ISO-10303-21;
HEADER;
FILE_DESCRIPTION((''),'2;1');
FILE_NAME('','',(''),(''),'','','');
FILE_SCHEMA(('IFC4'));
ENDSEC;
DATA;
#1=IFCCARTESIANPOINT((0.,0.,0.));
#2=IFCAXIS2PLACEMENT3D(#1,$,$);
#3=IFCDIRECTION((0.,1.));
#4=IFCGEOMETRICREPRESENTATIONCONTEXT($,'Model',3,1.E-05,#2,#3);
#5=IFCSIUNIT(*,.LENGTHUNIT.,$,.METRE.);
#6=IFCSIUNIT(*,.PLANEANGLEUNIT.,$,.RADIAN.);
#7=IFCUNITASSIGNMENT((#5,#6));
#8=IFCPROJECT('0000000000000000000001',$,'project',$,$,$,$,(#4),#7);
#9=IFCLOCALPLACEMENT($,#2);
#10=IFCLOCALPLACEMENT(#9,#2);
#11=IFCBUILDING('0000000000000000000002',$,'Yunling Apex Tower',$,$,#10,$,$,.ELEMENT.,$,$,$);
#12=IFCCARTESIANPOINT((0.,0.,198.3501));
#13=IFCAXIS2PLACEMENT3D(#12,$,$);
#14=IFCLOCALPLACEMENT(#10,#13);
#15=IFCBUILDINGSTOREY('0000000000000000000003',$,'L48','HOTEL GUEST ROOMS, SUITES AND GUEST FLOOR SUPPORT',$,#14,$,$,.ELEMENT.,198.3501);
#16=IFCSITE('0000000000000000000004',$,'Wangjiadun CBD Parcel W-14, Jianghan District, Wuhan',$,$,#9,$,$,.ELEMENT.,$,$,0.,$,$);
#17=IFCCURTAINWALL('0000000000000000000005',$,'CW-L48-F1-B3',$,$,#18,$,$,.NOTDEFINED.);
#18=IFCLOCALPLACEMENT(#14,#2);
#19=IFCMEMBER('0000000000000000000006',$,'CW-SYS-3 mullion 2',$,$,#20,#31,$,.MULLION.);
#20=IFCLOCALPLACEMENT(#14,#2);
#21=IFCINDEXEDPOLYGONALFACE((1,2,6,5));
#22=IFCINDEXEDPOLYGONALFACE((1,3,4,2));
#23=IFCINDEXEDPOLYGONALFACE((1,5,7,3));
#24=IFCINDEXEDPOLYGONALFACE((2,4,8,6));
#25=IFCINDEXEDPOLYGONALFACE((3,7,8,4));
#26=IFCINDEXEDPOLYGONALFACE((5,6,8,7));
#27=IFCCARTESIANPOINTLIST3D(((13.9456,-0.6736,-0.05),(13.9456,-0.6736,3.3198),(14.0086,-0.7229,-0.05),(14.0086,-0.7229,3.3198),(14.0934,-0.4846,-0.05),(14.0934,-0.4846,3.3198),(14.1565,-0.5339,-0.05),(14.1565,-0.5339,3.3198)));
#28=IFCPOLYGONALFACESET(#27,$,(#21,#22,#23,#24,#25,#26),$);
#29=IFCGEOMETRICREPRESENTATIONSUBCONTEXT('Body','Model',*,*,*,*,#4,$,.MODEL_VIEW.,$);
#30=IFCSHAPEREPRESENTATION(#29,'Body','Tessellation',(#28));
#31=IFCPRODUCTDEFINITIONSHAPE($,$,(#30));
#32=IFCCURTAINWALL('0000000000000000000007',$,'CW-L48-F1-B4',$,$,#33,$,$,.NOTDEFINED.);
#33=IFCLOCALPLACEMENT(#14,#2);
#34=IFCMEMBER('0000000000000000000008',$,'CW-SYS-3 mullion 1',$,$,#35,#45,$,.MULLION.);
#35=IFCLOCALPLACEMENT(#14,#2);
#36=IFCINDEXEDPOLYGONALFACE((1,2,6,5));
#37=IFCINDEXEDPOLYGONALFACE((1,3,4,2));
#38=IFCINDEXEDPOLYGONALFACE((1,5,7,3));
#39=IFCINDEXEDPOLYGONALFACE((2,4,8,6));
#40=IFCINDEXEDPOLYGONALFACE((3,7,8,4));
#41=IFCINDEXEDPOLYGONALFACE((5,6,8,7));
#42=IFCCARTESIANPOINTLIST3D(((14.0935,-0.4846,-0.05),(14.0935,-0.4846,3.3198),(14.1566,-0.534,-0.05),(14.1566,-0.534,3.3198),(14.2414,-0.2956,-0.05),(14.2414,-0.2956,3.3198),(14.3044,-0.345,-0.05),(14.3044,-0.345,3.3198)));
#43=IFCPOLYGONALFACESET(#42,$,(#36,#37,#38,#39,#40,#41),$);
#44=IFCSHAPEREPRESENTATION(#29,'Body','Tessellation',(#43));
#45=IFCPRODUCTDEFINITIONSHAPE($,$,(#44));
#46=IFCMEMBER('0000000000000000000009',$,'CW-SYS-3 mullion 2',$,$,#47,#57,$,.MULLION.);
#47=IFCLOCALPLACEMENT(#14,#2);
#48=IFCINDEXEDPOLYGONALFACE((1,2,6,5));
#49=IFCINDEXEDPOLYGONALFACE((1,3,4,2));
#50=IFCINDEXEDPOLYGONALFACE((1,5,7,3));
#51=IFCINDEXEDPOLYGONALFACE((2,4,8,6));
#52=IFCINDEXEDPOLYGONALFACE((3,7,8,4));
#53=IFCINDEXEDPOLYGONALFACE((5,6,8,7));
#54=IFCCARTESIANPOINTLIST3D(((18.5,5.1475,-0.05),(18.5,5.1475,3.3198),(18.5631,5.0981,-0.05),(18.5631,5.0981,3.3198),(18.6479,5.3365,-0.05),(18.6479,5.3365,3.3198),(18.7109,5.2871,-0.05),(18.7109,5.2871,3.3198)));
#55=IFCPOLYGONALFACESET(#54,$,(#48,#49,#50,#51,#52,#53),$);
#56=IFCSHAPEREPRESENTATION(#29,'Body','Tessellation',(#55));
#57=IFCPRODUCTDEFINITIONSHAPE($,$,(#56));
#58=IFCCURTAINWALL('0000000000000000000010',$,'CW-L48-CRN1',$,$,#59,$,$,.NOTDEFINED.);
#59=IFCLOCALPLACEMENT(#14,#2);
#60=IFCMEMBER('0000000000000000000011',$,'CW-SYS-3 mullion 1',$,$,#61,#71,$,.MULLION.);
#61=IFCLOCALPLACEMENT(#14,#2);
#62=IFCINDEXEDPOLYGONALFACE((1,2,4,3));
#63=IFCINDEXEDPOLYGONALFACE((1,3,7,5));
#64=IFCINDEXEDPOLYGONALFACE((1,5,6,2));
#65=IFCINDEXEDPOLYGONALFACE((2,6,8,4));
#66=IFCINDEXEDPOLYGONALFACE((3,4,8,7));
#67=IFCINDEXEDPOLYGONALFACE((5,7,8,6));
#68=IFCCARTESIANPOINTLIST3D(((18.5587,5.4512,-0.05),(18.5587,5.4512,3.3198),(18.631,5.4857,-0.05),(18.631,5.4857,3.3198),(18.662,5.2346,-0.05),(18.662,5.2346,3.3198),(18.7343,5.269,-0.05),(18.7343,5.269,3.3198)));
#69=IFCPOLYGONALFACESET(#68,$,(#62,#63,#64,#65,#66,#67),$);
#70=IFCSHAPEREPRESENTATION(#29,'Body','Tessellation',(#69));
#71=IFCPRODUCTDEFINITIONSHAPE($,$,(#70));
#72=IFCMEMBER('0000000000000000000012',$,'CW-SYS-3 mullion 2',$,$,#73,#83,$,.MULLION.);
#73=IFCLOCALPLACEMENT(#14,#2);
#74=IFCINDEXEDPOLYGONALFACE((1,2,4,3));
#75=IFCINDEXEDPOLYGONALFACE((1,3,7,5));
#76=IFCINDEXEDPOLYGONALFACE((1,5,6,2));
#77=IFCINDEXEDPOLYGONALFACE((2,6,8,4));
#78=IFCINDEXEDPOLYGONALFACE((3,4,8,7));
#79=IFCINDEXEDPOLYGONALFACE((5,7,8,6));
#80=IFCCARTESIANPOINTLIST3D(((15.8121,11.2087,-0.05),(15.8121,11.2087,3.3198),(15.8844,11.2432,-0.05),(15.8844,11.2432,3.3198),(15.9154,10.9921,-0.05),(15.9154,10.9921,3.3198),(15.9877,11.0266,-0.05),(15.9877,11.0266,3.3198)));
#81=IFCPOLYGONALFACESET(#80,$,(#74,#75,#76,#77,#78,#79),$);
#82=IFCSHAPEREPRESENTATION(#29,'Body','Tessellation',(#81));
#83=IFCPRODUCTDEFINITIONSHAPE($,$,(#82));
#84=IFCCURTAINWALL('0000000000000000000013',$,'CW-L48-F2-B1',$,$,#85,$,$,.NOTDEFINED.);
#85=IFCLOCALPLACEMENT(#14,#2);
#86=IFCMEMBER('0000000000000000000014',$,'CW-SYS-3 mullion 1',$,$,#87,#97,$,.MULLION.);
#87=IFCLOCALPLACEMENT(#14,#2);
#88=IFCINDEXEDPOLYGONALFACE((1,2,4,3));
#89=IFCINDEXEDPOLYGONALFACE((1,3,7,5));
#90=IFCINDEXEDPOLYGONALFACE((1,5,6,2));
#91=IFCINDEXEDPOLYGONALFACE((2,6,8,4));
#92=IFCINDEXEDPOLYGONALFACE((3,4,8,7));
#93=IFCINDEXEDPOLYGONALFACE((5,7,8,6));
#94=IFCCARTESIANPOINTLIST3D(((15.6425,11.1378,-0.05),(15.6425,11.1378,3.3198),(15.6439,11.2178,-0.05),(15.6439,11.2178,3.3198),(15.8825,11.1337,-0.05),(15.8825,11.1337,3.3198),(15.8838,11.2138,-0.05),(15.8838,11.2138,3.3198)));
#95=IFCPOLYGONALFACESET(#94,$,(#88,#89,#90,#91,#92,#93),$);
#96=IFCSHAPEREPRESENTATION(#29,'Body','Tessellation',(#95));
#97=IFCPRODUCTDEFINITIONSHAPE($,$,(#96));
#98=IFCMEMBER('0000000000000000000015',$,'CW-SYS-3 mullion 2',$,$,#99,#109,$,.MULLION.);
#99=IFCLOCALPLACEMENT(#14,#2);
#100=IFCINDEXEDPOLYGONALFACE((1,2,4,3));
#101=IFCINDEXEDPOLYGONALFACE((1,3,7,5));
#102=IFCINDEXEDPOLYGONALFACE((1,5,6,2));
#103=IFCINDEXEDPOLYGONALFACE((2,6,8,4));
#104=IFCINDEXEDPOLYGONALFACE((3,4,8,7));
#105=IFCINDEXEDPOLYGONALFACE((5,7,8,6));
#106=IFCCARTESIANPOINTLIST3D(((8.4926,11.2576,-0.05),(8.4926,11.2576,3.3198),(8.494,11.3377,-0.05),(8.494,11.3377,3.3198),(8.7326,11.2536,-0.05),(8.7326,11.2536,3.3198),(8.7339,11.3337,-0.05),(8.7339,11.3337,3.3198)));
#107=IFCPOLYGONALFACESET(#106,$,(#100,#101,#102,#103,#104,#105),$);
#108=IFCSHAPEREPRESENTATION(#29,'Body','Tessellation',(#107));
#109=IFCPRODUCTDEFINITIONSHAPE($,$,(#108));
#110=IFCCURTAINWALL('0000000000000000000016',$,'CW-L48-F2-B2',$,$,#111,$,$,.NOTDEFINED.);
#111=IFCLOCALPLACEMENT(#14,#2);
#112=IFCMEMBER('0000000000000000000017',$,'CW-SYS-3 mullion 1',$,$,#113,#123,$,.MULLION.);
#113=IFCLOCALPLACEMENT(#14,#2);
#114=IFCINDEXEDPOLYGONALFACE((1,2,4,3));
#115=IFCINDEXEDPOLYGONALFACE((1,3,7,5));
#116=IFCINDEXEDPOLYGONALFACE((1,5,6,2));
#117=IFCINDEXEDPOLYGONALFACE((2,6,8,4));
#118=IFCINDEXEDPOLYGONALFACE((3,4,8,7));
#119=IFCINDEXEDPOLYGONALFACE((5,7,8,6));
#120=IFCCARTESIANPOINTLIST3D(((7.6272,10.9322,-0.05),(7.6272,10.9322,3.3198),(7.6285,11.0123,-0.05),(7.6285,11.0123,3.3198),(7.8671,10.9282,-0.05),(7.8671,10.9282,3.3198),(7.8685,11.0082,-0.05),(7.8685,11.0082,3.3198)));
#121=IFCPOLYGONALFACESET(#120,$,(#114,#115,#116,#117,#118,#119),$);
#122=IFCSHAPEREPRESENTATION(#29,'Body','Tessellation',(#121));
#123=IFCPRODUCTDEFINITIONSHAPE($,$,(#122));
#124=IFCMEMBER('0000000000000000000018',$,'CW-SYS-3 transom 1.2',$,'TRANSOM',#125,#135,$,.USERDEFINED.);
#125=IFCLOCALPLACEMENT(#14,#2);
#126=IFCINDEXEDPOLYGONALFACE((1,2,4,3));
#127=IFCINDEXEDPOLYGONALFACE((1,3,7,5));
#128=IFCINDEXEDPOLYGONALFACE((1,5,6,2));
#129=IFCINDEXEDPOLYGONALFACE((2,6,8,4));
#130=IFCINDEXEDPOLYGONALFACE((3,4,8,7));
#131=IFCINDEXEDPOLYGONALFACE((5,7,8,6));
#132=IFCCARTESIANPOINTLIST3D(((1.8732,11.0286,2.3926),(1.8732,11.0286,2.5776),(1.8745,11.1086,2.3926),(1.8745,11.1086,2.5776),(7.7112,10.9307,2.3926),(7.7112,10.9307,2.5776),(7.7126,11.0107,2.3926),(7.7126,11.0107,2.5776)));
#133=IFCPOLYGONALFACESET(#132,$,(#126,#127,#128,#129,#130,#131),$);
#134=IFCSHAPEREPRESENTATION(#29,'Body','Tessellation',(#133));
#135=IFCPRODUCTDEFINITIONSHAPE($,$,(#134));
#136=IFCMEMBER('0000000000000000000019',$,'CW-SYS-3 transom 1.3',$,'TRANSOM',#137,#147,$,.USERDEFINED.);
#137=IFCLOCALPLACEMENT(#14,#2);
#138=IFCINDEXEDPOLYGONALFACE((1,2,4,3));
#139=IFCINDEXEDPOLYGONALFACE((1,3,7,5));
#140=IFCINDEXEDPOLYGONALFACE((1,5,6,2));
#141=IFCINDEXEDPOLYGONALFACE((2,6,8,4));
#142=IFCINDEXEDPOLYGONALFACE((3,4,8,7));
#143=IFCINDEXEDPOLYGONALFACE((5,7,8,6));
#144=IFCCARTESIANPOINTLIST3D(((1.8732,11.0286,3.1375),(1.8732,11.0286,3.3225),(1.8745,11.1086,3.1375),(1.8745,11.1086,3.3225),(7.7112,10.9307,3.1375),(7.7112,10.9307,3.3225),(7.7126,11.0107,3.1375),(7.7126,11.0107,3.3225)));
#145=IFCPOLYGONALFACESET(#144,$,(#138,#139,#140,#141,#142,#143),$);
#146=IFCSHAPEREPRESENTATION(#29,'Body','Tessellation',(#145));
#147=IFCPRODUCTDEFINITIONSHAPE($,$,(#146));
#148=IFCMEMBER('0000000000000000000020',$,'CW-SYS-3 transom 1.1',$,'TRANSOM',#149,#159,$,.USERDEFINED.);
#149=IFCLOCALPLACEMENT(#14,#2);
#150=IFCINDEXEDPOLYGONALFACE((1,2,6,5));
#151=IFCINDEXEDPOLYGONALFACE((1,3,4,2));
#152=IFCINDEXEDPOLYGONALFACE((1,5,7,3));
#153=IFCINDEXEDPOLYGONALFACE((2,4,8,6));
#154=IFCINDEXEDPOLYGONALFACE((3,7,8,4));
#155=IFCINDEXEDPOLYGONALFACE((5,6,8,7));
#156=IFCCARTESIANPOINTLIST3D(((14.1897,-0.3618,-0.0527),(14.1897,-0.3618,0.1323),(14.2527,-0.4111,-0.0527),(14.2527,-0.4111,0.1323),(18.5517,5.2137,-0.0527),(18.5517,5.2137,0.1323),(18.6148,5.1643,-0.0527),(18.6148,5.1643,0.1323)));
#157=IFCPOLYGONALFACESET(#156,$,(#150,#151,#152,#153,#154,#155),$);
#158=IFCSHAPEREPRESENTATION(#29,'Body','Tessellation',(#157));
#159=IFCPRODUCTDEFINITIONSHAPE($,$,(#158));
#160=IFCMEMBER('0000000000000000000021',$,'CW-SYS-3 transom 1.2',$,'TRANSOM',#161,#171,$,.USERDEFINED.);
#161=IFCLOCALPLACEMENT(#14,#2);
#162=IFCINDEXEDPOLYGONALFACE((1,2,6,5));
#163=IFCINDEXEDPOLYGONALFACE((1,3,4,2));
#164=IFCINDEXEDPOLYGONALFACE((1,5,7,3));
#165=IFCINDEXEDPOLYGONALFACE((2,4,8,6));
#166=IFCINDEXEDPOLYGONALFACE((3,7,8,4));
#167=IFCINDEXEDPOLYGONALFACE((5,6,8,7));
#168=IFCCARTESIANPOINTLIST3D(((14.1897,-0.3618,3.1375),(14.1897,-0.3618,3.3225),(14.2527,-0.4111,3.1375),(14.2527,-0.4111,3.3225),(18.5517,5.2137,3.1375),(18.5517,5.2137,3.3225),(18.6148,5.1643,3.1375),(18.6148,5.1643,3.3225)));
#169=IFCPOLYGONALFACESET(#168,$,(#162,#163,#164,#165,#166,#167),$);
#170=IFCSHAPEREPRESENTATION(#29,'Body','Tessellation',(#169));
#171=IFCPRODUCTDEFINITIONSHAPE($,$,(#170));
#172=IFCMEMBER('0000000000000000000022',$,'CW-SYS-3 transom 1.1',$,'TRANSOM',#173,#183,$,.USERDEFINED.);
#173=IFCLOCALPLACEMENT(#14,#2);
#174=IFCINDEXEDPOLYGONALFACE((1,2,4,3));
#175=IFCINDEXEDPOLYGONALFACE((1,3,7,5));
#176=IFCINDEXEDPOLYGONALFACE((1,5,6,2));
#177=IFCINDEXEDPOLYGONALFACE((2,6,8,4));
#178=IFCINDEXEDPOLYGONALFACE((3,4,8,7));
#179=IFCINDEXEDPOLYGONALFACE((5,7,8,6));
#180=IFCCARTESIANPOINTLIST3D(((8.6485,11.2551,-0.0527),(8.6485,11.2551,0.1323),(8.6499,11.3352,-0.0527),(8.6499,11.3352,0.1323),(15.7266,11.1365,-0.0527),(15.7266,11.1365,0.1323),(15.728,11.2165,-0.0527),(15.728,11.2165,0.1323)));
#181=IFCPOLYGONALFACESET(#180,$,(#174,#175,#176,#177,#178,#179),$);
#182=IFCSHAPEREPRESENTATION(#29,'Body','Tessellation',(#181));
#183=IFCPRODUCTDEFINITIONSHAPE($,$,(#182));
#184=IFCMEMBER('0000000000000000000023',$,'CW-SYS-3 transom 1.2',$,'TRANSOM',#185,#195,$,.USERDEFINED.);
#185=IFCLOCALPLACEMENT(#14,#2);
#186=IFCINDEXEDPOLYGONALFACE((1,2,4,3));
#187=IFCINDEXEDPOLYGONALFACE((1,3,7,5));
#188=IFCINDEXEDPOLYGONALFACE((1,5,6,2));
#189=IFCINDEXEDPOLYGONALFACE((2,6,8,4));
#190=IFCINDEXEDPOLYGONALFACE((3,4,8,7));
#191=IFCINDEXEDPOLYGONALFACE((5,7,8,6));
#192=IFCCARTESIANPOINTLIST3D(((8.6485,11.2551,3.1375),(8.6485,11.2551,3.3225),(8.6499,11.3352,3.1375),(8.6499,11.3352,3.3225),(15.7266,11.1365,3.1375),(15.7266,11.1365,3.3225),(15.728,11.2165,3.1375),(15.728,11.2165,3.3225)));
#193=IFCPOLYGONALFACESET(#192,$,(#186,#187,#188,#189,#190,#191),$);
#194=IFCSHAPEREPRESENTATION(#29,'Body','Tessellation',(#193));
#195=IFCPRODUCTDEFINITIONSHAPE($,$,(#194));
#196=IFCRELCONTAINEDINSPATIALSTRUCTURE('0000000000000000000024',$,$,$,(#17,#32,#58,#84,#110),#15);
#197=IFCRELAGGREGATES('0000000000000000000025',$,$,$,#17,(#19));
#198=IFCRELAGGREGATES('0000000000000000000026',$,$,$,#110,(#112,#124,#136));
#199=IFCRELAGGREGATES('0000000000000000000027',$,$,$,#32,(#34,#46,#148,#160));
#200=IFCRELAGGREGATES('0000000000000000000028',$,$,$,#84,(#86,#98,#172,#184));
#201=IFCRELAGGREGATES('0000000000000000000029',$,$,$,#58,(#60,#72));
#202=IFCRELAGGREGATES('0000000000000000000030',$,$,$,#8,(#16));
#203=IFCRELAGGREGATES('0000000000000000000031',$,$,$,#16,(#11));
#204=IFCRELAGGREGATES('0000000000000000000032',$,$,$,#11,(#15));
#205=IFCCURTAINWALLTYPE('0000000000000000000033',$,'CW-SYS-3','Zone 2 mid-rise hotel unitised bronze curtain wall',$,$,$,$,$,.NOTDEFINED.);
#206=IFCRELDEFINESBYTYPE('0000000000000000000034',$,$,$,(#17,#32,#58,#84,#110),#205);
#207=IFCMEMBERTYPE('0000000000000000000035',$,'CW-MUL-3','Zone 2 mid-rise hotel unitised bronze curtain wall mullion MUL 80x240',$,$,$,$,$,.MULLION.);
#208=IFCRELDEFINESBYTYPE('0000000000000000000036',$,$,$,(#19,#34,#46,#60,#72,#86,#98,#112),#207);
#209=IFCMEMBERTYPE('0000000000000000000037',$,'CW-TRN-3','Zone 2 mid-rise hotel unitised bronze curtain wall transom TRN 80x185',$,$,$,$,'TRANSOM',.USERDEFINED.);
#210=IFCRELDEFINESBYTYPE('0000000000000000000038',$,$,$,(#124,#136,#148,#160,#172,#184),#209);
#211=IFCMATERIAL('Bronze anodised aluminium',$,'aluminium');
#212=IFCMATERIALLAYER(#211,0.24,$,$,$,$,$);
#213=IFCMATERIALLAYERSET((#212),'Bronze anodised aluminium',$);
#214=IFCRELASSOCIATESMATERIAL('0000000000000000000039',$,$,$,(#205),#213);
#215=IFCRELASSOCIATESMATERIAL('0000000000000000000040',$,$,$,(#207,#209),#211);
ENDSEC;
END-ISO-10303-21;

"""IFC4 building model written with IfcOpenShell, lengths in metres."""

from ifc_helpers import new_model, si_unit, direction, frame, origin, origin_2d, place, context, subcontext, project, spatial, rectangle, extrude, source, transform, mapped, material, layer, layer_set, material_profile, profile_set, type_object, element, aggregate, save


model = new_model("IFC4")

# Units and contexts
model_context = context("Model", 3, precision=1e-05, world=origin(), true_north=direction((0.0, 1.0)))
body_context = subcontext(model_context, "Body", "Model", "MODEL_VIEW")
ifc_project = project(units=[si_unit("LENGTHUNIT", "METRE"), si_unit("PLANEANGLEUNIT", "RADIAN")], contexts=[model_context])

# Site, building, storey
site_placement = place(None, origin())
site = spatial("IfcSite", under=ifc_project, at=site_placement, Name="Wangjiadun CBD Parcel W-14, Jianghan District, Wuhan", CompositionType="ELEMENT", RefElevation=0.0)
building_placement = place(site_placement, origin())
building = spatial("IfcBuilding", under=site, at=building_placement, Name="Yunling Apex Tower", CompositionType="ELEMENT")
storey_placement = place(building_placement, frame((0.0, 0.0, 198.3501)))
storey = spatial("IfcBuildingStorey", under=building, at=storey_placement, Name="L48", Description="HOTEL GUEST ROOMS, SUITES AND GUEST FLOOR SUPPORT", CompositionType="ELEMENT", Elevation=198.3501)

# Curtain wall, member
ifc_material_1 = material(Name="Bronze anodised aluminium", Category="aluminium")
ifc_layer_1 = layer(ifc_material_1, 0.24)
ifc_layer_set_1 = layer_set([ifc_layer_1], Name="Bronze anodised aluminium")
curtain_wall_type = type_object("IfcCurtainWallType", Name="CW-SYS-3", Description="Zone 2 mid-rise hotel unitised bronze curtain wall", PredefinedType="NOTDEFINED", material=ifc_layer_set_1)
curtain_wall_1_placement = place(storey_placement, origin())
curtain_wall_1 = element("IfcCurtainWall", 1, at=curtain_wall_1_placement, inside=storey, type_object=curtain_wall_type, Name="CW-L48-F1-B3", PredefinedType="NOTDEFINED")
ifc_material_profile_1 = material_profile(ifc_material_1, rectangle(XDim=0.0801, YDim=0.24, at=origin_2d()))
ifc_profile_set_1 = profile_set([ifc_material_profile_1], Name="Bronze anodised aluminium")
member_type_1 = type_object("IfcMemberType", Name="CW-MUL-3", Description="Zone 2 mid-rise hotel unitised bronze curtain wall mullion MUL 80x240", PredefinedType="MULLION", material=ifc_profile_set_1)
shared_shape_1 = source(origin(), body_context, "Body", "SweptSolid", [
    extrude(rectangle(XDim=0.0801, YDim=0.24, at=origin_2d()), origin(), (0.0, 0.0, 1.0), 3.3699),
])
member_1_placement = place(storey_placement, frame((14.051, -0.6038, -0.05), z_axis=(0.0, 0.0, 1.0), x_axis=(-0.787589, 0.6162, 0.0)))
member_1 = element("IfcMember", 2, at=member_1_placement, type_object=member_type_1, Name="CW-SYS-3 mullion 2", PredefinedType="MULLION", context=body_context, shape_type="MappedRepresentation", body=[
    mapped(shared_shape_1, transform((0.0, 0.0, 0.0), scale=1.0)),
])
aggregate(curtain_wall_1, [member_1])

# Curtain walls, members
curtain_wall_2_placement = place(storey_placement, origin())
curtain_wall_2 = element("IfcCurtainWall", 3, at=curtain_wall_2_placement, inside=storey, type_object=curtain_wall_type, Name="CW-L48-F1-B4", PredefinedType="NOTDEFINED")
member_2_placement = place(storey_placement, frame((14.199, -0.4148, -0.05), z_axis=(0.0, 0.0, 1.0), x_axis=(-0.787589, 0.6162, 0.0)))
member_2 = element("IfcMember", 4, at=member_2_placement, type_object=member_type_1, Name="CW-SYS-3 mullion 1", PredefinedType="MULLION", context=body_context, shape_type="MappedRepresentation", body=[
    mapped(shared_shape_1, transform((0.0, 0.0, 0.0), scale=1.0)),
])
member_3_placement = place(storey_placement, frame((18.6055, 5.2173, -0.05), z_axis=(0.0, 0.0, 1.0), x_axis=(-0.787589, 0.6162, 0.0)))
member_3 = element("IfcMember", 5, at=member_3_placement, type_object=member_type_1, Name="CW-SYS-3 mullion 2", PredefinedType="MULLION", context=body_context, shape_type="MappedRepresentation", body=[
    mapped(shared_shape_1, transform((0.0, 0.0, 0.0), scale=1.0)),
])
curtain_wall_3_placement = place(storey_placement, origin())
curtain_wall_3 = element("IfcCurtainWall", 6, at=curtain_wall_3_placement, inside=storey, type_object=curtain_wall_type, Name="CW-L48-CRN1", PredefinedType="NOTDEFINED")
member_4_placement = place(storey_placement, frame((18.6465, 5.3601, -0.05), z_axis=(0.0, 0.0, 1.0), x_axis=(-0.902578, -0.430527, 0.0)))
member_4 = element("IfcMember", 7, at=member_4_placement, type_object=member_type_1, Name="CW-SYS-3 mullion 1", PredefinedType="MULLION", context=body_context, shape_type="MappedRepresentation", body=[
    mapped(shared_shape_1, transform((0.0, 0.0, 0.0), scale=1.0)),
])
member_5_placement = place(storey_placement, frame((15.8999, 11.1177, -0.05), z_axis=(0.0, 0.0, 1.0), x_axis=(-0.902578, -0.430527, 0.0)))
member_5 = element("IfcMember", 8, at=member_5_placement, type_object=member_type_1, Name="CW-SYS-3 mullion 2", PredefinedType="MULLION", context=body_context, shape_type="MappedRepresentation", body=[
    mapped(shared_shape_1, transform((0.0, 0.0, 0.0), scale=1.0)),
])
curtain_wall_4_placement = place(storey_placement, origin())
curtain_wall_4 = element("IfcCurtainWall", 9, at=curtain_wall_4_placement, inside=storey, type_object=curtain_wall_type, Name="CW-L48-F2-B1", PredefinedType="NOTDEFINED")
member_6_placement = place(storey_placement, frame((15.7632, 11.1758, -0.05), z_axis=(0.0, 0.0, 1.0), x_axis=(-0.016761, -0.99986, 0.0)))
member_6 = element("IfcMember", 10, at=member_6_placement, type_object=member_type_1, Name="CW-SYS-3 mullion 1", PredefinedType="MULLION", context=body_context, shape_type="MappedRepresentation", body=[
    mapped(shared_shape_1, transform((0.0, 0.0, 0.0), scale=1.0)),
])
member_7_placement = place(storey_placement, frame((8.6133, 11.2957, -0.05), z_axis=(0.0, 0.0, 1.0), x_axis=(-0.016761, -0.99986, 0.0)))
member_7 = element("IfcMember", 11, at=member_7_placement, type_object=member_type_1, Name="CW-SYS-3 mullion 2", PredefinedType="MULLION", context=body_context, shape_type="MappedRepresentation", body=[
    mapped(shared_shape_1, transform((0.0, 0.0, 0.0), scale=1.0)),
])
curtain_wall_5_placement = place(storey_placement, origin())
curtain_wall_5 = element("IfcCurtainWall", 12, at=curtain_wall_5_placement, inside=storey, type_object=curtain_wall_type, Name="CW-L48-F2-B2", PredefinedType="NOTDEFINED")
member_8_placement = place(storey_placement, frame((7.7478, 10.9702, -0.05), z_axis=(0.0, 0.0, 1.0), x_axis=(-0.016759, -0.99986, 0.0)))
member_8 = element("IfcMember", 13, at=member_8_placement, type_object=member_type_1, Name="CW-SYS-3 mullion 1", PredefinedType="MULLION", context=body_context, shape_type="MappedRepresentation", body=[
    mapped(shared_shape_1, transform((0.0, 0.0, 0.0), scale=1.0)),
])
ifc_material_profile_2 = material_profile(ifc_material_1, rectangle(XDim=0.0801, YDim=0.1851, at=origin_2d()))
ifc_profile_set_2 = profile_set([ifc_material_profile_2], Name="Bronze anodised aluminium")
member_type_2 = type_object("IfcMemberType", Name="CW-TRN-3", Description="Zone 2 mid-rise hotel unitised bronze curtain wall transom TRN 80x185", ElementType="TRANSOM", PredefinedType="USERDEFINED", material=ifc_profile_set_2)
shared_shape_2 = source(origin(), body_context, "Body", "SweptSolid", [
    extrude(rectangle(XDim=0.0801, YDim=0.1851, at=origin_2d()), origin(), (0.0, 0.0, 1.0), 5.8389),
])
member_9_placement = place(storey_placement, frame((7.7119, 10.9707, 2.4851), z_axis=(-0.999859, 0.016767, 0.0), x_axis=(-0.016767, -0.999859, 0.0)))
member_9 = element("IfcMember", 14, at=member_9_placement, type_object=member_type_2, Name="CW-SYS-3 transom 1.2", ObjectType="TRANSOM", PredefinedType="USERDEFINED", context=body_context, shape_type="MappedRepresentation", body=[
    mapped(shared_shape_2, transform((0.0, 0.0, 0.0), scale=1.0)),
])
member_10_placement = place(storey_placement, frame((7.7119, 10.9707, 3.23), z_axis=(-0.999859, 0.016767, 0.0), x_axis=(-0.016767, -0.999859, 0.0)))
member_10 = element("IfcMember", 15, at=member_10_placement, type_object=member_type_2, Name="CW-SYS-3 transom 1.3", ObjectType="TRANSOM", PredefinedType="USERDEFINED", context=body_context, shape_type="MappedRepresentation", body=[
    mapped(shared_shape_2, transform((0.0, 0.0, 0.0), scale=1.0)),
])
aggregate(curtain_wall_5, [member_8, member_9, member_10])

# Members
shared_shape_3 = source(origin(), body_context, "Body", "SweptSolid", [
    extrude(rectangle(XDim=0.0801, YDim=0.1851, at=origin_2d()), origin(), (0.0, 0.0, 1.0), 7.0791),
])
member_11_placement = place(storey_placement, frame((14.2212, -0.3865, 0.0398), z_axis=(0.616192, 0.787596, 0.0), x_axis=(-0.787596, 0.616192, 0.0)))
member_11 = element("IfcMember", 16, at=member_11_placement, type_object=member_type_2, Name="CW-SYS-3 transom 1.1", ObjectType="TRANSOM", PredefinedType="USERDEFINED", context=body_context, shape_type="MappedRepresentation", body=[
    mapped(shared_shape_3, transform((0.0, 0.0, 0.0), scale=1.0)),
])
member_12_placement = place(storey_placement, frame((14.2212, -0.3865, 3.23), z_axis=(0.616192, 0.787596, 0.0), x_axis=(-0.787596, 0.616192, 0.0)))
member_12 = element("IfcMember", 17, at=member_12_placement, type_object=member_type_2, Name="CW-SYS-3 transom 1.2", ObjectType="TRANSOM", PredefinedType="USERDEFINED", context=body_context, shape_type="MappedRepresentation", body=[
    mapped(shared_shape_3, transform((0.0, 0.0, 0.0), scale=1.0)),
])
member_13_placement = place(storey_placement, frame((15.7273, 11.1765, 0.0398), z_axis=(-0.99986, 0.016761, 0.0), x_axis=(-0.016761, -0.99986, 0.0)))
member_13 = element("IfcMember", 18, at=member_13_placement, type_object=member_type_2, Name="CW-SYS-3 transom 1.1", ObjectType="TRANSOM", PredefinedType="USERDEFINED", context=body_context, shape_type="MappedRepresentation", body=[
    mapped(shared_shape_3, transform((0.0, 0.0, 0.0), scale=1.0)),
])
member_14_placement = place(storey_placement, frame((15.7273, 11.1765, 3.23), z_axis=(-0.99986, 0.016761, 0.0), x_axis=(-0.016761, -0.99986, 0.0)))
member_14 = element("IfcMember", 19, at=member_14_placement, type_object=member_type_2, Name="CW-SYS-3 transom 1.2", ObjectType="TRANSOM", PredefinedType="USERDEFINED", context=body_context, shape_type="MappedRepresentation", body=[
    mapped(shared_shape_3, transform((0.0, 0.0, 0.0), scale=1.0)),
])

aggregate(curtain_wall_2, [member_2, member_3, member_11, member_12])
aggregate(curtain_wall_4, [member_6, member_7, member_13, member_14])
aggregate(curtain_wall_3, [member_4, member_5])

save(model, "model.ifc")
